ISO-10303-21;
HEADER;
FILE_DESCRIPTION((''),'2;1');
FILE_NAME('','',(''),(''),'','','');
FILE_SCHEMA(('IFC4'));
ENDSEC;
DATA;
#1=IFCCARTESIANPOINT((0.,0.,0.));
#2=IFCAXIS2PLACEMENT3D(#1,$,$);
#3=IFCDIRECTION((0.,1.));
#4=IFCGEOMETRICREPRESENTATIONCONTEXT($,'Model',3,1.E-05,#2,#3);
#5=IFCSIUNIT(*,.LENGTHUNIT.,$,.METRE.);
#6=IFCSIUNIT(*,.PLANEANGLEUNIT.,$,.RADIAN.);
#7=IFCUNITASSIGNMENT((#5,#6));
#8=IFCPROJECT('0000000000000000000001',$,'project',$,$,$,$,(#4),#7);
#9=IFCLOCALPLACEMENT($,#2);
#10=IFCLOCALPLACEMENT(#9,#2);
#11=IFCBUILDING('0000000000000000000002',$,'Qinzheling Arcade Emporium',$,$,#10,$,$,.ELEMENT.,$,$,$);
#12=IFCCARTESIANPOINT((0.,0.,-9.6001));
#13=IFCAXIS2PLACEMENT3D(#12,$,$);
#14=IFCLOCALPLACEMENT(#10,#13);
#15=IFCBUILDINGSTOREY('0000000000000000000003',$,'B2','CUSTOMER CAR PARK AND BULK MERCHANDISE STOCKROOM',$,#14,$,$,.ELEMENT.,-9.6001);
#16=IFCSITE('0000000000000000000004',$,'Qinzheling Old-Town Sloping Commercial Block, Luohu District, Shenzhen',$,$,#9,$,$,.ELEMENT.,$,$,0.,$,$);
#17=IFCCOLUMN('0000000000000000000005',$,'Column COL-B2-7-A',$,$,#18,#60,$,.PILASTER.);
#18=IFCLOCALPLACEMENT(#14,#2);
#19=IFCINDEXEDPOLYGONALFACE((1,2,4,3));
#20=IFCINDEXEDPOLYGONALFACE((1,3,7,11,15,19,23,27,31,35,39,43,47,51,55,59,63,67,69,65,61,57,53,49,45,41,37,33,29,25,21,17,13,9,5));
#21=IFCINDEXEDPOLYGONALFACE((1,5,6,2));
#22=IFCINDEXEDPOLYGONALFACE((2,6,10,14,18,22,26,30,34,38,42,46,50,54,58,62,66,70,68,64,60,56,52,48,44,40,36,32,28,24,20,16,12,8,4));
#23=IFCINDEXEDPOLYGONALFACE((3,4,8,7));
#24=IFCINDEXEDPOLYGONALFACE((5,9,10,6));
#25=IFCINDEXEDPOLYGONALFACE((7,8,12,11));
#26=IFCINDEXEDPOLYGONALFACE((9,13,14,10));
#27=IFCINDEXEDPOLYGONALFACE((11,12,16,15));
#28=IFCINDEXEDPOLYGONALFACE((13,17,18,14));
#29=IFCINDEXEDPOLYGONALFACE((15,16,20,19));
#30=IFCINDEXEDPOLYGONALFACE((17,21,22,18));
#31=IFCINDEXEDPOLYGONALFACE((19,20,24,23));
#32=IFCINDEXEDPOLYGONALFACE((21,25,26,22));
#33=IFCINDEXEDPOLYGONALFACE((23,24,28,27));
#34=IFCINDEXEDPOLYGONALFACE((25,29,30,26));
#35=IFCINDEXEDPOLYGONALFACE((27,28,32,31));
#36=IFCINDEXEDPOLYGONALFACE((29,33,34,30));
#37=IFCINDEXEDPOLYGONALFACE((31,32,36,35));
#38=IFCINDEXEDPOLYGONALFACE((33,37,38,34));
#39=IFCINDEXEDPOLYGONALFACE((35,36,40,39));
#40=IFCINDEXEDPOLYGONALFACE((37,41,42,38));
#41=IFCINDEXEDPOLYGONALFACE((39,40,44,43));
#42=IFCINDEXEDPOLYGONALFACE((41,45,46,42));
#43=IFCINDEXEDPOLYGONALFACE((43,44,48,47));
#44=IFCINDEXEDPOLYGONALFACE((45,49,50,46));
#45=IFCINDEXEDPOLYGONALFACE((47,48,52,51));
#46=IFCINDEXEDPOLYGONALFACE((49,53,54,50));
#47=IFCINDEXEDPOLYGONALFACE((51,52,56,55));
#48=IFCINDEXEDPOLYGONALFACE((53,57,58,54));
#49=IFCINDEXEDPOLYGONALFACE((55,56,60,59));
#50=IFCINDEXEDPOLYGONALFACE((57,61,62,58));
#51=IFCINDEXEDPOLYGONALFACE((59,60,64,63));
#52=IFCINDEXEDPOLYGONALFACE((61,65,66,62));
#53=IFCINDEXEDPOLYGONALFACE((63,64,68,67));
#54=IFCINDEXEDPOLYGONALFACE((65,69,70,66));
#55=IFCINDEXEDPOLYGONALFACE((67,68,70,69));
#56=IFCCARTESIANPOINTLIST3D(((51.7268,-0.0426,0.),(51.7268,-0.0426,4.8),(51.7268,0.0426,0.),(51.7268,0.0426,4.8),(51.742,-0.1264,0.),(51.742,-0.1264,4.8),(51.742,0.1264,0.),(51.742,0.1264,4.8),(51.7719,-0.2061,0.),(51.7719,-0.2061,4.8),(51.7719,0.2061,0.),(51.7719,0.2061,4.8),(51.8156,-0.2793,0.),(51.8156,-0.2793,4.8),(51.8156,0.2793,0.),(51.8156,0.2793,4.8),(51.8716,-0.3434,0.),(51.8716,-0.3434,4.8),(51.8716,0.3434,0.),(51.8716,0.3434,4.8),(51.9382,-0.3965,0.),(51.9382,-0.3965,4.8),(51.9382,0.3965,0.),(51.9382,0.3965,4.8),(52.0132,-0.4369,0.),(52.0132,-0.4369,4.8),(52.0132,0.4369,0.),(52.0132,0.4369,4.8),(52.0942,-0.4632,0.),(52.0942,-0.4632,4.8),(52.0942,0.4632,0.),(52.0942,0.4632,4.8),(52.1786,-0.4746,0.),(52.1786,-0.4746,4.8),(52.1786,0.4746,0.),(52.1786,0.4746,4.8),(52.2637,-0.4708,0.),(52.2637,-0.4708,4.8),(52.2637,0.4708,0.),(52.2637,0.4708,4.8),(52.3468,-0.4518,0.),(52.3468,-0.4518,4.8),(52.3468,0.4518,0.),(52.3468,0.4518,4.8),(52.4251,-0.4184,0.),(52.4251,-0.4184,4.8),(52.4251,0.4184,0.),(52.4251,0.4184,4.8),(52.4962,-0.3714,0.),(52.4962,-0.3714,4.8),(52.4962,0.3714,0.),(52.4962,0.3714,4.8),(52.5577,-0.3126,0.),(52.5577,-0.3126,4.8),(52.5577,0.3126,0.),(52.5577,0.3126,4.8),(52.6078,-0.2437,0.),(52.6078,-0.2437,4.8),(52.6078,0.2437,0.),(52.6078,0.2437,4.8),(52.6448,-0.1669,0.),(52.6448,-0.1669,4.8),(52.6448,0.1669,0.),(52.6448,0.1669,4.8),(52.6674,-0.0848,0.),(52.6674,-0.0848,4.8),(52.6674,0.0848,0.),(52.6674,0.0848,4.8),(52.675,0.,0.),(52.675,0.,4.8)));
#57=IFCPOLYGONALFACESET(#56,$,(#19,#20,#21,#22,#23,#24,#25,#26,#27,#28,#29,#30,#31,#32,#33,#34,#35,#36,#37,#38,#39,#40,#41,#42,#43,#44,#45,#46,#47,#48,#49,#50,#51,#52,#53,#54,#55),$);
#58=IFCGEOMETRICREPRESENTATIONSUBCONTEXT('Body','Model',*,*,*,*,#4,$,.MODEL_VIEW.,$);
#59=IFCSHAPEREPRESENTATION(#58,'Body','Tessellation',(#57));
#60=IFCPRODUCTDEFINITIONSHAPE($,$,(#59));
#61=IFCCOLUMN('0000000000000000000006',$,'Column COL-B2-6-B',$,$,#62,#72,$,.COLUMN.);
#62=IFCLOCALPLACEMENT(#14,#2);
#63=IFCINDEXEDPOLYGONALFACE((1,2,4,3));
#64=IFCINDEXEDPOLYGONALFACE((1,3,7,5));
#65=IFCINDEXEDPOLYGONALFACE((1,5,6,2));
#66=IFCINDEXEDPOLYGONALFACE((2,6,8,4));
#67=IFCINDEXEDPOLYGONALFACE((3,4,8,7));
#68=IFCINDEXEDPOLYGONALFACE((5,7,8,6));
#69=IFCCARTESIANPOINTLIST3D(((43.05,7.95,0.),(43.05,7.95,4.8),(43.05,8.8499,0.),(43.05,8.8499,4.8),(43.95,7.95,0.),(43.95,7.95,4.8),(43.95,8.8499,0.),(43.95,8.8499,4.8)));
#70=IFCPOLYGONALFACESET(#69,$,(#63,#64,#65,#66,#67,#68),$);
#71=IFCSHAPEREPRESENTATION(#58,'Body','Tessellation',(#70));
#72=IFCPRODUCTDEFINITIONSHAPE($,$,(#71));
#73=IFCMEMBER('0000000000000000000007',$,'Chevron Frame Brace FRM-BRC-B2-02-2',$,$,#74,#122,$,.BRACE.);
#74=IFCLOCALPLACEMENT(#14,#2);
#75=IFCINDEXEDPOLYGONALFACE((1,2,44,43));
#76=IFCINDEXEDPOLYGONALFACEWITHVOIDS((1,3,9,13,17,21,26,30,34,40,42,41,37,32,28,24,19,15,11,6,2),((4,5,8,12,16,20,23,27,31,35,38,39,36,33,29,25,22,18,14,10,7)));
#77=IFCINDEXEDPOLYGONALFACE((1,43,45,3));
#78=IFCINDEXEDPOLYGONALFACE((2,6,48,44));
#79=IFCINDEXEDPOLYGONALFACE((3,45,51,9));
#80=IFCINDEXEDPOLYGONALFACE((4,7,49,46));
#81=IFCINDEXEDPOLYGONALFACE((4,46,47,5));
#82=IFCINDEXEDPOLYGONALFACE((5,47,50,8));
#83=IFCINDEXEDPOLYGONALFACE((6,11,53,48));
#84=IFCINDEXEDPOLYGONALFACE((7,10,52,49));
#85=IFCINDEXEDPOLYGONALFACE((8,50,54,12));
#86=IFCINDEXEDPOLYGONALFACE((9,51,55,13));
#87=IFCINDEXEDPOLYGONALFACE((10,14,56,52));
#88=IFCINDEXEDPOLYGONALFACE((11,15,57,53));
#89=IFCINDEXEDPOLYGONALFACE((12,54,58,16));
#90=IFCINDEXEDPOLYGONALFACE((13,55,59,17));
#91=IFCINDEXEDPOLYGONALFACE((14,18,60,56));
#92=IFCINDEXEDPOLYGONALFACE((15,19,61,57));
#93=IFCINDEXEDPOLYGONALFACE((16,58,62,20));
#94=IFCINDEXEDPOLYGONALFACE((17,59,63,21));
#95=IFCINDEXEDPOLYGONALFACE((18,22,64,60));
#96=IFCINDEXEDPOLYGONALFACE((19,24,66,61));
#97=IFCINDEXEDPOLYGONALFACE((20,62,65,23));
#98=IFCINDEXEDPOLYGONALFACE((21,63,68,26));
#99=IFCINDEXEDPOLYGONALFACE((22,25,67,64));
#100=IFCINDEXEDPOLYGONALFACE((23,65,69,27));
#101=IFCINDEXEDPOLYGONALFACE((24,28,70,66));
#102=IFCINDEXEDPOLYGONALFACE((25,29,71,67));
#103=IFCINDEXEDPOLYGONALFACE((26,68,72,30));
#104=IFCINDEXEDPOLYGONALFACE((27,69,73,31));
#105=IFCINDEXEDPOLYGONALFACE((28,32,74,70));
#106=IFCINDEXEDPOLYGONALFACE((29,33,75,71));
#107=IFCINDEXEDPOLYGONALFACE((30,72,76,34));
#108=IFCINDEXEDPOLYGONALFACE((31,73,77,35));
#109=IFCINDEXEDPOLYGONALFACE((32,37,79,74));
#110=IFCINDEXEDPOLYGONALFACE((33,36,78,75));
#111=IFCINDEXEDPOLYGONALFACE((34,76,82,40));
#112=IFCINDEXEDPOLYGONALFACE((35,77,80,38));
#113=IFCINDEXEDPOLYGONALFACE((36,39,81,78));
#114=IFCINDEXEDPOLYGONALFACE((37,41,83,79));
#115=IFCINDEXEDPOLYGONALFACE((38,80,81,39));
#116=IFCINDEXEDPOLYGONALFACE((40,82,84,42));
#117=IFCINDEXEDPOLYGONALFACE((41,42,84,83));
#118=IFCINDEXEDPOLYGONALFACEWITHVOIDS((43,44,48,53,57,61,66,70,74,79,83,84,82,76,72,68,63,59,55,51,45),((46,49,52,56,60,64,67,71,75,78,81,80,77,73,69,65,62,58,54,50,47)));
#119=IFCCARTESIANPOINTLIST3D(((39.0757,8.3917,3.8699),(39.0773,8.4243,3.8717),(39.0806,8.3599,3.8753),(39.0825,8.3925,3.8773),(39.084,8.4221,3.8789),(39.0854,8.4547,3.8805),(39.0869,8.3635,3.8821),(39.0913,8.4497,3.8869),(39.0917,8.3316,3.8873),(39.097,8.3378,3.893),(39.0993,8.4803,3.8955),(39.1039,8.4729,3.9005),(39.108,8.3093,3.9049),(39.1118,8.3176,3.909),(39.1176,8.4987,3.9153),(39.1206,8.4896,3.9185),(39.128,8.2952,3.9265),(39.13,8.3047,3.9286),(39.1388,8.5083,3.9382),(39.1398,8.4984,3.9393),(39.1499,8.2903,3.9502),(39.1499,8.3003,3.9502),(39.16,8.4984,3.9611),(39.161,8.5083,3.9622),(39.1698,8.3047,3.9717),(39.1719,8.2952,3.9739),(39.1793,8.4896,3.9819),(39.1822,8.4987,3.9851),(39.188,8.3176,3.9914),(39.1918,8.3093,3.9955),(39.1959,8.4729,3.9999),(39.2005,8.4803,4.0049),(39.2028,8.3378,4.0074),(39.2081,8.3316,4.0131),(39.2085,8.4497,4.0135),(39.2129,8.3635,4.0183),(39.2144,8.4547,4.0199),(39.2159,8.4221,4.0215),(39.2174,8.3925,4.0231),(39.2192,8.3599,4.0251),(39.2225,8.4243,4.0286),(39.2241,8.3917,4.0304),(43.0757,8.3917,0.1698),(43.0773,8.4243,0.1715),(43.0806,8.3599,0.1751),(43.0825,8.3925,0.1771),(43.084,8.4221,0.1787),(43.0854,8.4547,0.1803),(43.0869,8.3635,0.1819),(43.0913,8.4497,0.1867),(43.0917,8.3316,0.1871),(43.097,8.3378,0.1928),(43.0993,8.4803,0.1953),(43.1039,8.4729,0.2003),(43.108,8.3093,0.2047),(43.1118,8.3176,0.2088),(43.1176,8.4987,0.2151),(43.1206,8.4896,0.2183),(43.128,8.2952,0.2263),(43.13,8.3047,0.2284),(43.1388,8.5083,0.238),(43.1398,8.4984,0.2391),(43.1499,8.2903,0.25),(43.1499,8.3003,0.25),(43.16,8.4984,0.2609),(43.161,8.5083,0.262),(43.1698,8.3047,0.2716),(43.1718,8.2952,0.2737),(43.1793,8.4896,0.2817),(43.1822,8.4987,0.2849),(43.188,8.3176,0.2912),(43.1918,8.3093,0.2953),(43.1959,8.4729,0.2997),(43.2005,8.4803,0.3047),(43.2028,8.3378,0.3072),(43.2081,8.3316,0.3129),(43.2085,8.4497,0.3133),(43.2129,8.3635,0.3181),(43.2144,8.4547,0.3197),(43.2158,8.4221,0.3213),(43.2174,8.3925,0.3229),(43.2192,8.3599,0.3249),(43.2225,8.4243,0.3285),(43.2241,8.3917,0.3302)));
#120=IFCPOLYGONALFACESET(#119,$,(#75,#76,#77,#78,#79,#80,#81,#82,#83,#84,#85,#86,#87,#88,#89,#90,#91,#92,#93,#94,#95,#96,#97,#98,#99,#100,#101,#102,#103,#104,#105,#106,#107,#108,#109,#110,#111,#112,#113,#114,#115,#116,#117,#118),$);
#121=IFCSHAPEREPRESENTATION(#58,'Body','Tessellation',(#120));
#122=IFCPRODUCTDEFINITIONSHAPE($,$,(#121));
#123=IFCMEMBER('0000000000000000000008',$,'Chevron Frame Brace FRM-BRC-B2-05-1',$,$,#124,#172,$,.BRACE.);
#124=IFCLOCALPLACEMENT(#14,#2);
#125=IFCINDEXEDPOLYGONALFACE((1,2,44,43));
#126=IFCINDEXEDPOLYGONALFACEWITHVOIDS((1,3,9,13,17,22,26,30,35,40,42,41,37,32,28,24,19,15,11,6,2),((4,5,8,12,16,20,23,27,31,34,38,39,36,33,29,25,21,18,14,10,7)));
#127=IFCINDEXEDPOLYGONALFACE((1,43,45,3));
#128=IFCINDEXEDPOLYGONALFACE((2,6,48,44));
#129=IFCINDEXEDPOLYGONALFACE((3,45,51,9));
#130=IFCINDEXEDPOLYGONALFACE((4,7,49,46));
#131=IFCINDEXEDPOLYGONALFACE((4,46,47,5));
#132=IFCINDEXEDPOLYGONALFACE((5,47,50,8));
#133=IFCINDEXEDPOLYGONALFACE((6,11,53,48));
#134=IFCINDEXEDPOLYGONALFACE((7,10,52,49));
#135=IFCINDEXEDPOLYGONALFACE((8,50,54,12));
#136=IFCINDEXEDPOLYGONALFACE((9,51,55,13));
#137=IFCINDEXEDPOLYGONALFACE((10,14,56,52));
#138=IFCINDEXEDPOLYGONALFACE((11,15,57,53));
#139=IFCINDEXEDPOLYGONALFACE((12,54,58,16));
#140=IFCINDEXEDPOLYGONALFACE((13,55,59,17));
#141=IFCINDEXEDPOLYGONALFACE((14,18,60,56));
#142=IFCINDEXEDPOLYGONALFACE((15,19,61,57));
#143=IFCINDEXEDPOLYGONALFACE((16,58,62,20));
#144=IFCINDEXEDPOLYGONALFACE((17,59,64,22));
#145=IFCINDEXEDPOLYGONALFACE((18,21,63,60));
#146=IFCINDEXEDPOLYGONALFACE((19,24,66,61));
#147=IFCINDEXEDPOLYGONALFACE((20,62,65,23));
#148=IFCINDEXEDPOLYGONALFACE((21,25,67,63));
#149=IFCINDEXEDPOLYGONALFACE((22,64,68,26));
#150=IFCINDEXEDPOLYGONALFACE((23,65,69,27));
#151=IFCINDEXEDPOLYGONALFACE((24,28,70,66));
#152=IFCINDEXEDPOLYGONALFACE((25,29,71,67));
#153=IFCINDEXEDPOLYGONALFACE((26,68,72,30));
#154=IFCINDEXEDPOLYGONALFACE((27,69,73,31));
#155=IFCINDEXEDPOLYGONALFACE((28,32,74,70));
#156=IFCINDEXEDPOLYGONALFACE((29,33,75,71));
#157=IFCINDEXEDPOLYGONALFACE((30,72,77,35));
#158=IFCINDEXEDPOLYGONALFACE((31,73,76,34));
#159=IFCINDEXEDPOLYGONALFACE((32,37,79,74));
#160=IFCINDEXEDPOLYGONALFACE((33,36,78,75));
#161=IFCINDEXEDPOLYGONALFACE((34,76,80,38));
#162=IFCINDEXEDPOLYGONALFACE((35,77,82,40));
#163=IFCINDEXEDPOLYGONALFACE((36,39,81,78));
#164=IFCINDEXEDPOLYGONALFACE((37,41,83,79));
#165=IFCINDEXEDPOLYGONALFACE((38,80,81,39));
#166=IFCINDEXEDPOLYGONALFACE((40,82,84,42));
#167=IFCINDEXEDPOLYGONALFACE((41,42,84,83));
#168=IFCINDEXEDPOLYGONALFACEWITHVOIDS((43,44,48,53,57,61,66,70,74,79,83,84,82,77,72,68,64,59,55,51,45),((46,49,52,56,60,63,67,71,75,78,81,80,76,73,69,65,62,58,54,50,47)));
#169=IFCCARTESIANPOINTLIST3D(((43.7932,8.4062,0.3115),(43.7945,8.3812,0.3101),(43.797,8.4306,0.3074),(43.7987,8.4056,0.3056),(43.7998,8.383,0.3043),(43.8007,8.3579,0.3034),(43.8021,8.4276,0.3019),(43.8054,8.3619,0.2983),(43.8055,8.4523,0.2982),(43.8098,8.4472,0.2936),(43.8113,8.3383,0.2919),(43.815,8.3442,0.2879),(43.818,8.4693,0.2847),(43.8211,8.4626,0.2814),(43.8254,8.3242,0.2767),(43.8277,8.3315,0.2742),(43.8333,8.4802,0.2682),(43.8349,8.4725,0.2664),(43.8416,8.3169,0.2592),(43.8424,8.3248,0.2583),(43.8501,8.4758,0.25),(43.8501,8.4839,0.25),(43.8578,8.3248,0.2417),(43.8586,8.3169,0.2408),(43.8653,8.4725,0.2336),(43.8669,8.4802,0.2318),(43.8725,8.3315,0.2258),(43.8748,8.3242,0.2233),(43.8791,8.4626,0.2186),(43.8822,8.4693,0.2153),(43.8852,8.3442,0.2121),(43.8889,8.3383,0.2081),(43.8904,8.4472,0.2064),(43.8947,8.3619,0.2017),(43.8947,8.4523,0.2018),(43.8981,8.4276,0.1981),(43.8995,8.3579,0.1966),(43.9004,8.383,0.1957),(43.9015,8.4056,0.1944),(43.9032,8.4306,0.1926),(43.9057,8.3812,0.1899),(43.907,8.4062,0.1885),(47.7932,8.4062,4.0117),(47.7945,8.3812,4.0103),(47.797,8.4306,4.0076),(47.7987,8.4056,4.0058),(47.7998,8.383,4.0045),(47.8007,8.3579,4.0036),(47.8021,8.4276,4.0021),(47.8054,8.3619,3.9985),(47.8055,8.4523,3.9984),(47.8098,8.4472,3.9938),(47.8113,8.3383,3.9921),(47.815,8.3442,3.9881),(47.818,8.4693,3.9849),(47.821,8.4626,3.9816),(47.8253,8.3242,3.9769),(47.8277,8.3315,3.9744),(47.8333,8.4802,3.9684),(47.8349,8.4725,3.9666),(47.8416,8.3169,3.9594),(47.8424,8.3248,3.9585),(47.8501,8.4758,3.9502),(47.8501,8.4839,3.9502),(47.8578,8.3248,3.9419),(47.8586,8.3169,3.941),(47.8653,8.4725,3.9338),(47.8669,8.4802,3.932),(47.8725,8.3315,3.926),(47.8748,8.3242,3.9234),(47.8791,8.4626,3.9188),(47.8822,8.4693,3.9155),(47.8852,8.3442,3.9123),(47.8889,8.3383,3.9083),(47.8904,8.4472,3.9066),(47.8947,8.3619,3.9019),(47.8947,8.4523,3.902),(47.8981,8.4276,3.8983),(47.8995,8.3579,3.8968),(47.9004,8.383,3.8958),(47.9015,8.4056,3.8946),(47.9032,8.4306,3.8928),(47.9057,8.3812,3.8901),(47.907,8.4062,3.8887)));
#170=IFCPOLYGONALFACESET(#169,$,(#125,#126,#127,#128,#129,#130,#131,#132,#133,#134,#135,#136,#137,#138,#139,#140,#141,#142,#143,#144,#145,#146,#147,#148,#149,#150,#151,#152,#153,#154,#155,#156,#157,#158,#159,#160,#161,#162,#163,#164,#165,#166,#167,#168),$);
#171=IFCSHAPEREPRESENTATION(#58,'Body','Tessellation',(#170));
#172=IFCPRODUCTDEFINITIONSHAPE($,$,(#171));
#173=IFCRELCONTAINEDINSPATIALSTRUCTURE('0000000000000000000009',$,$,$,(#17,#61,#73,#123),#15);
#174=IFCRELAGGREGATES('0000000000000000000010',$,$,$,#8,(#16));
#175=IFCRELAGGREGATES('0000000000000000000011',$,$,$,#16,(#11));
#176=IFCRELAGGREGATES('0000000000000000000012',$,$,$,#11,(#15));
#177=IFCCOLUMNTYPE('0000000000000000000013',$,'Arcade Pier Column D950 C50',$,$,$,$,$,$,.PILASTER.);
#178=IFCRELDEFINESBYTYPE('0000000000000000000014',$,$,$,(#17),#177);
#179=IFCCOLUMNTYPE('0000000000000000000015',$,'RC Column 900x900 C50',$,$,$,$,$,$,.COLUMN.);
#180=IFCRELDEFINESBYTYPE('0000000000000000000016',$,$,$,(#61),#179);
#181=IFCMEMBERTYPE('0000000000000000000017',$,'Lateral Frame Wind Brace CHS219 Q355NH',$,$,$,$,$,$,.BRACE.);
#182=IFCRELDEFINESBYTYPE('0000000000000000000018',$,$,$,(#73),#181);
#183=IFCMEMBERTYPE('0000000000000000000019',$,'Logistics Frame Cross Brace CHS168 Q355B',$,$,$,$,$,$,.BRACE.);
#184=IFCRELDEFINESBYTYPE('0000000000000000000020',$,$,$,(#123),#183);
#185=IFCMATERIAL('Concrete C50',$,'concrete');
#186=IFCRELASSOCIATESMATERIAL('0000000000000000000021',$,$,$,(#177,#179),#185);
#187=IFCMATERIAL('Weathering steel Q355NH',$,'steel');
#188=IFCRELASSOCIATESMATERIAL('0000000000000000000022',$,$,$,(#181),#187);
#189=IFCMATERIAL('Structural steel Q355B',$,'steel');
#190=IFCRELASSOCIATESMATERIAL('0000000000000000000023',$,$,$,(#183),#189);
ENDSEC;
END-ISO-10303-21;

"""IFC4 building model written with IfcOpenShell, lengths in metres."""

from ifc_helpers import new_model, si_unit, direction, frame, origin, origin_2d, place, context, subcontext, project, spatial, rectangle, circle, hollow_circle, extrude, material, material_profile, profile_set, type_object, element, save


model = new_model("IFC4")

# Units and contexts
model_context = context("Model", 3, precision=1e-05, world=origin(), true_north=direction((0.0, 1.0)))
body_context = subcontext(model_context, "Body", "Model", "MODEL_VIEW")
ifc_project = project(units=[si_unit("LENGTHUNIT", "METRE"), si_unit("PLANEANGLEUNIT", "RADIAN")], contexts=[model_context])

# Site, building, storey
site_placement = place(None, origin())
site = spatial("IfcSite", under=ifc_project, at=site_placement, Name="Qinzheling Old-Town Sloping Commercial Block, Luohu District, Shenzhen", CompositionType="ELEMENT", RefElevation=0.0)
building_placement = place(site_placement, origin())
building = spatial("IfcBuilding", under=site, at=building_placement, Name="Qinzheling Arcade Emporium", CompositionType="ELEMENT")
storey_placement = place(building_placement, frame((0.0, 0.0, -9.6001)))
storey = spatial("IfcBuildingStorey", under=building, at=storey_placement, Name="B2", Description="CUSTOMER CAR PARK AND BULK MERCHANDISE STOCKROOM", CompositionType="ELEMENT", Elevation=-9.6001)

# Columns
ifc_material_1 = material(Name="Concrete C50", Category="concrete")
ifc_material_profile_1 = material_profile(ifc_material_1, circle(Radius=0.4751, at=origin_2d()), Name="RC D950", Category="concrete")
ifc_profile_set_1 = profile_set([ifc_material_profile_1], Name="Concrete C50")
column_type_1 = type_object("IfcColumnType", Name="Arcade Pier Column D950 C50", PredefinedType="PILASTER", material=ifc_profile_set_1)
for number, where, z_axis, x_axis, name in (
    (1, (52.2, 0.0, 0.0), (0.0, 0.0, 1.0), (1.0, 0.0, 0.0), "Column COL-B2-7-A"),
):
    element("IfcColumn", number, at=place(storey_placement, frame(where, z_axis=z_axis, x_axis=x_axis)), inside=storey, type_object=column_type_1, Name=name, PredefinedType="PILASTER", context=body_context, shape_type="SweptSolid", body=[
        extrude(circle(Radius=0.4751, at=origin_2d()), origin(), (0.0, 0.0, 1.0), 4.8),
    ])
ifc_material_profile_2 = material_profile(ifc_material_1, rectangle(XDim=0.8999, YDim=0.8999, at=origin_2d()), Name="RC 900x900", Category="concrete")
ifc_profile_set_2 = profile_set([ifc_material_profile_2], Name="Concrete C50")
column_type_2 = type_object("IfcColumnType", Name="RC Column 900x900 C50", PredefinedType="COLUMN", material=ifc_profile_set_2)
column_placement = place(storey_placement, frame((43.5, 8.3999, 0.0), z_axis=(0.0, 0.0, 1.0), x_axis=(1.0, 0.0, 0.0)))
element("IfcColumn", 2, at=column_placement, inside=storey, type_object=column_type_2, Name="Column COL-B2-6-B", PredefinedType="COLUMN", context=body_context, shape_type="SweptSolid", body=[
    extrude(rectangle(XDim=0.8999, YDim=0.8999, at=origin_2d()), origin(), (0.0, 0.0, 1.0), 4.8),
])

# Members
ifc_material_2 = material(Name="Weathering steel Q355NH", Category="steel")
ifc_material_profile_3 = material_profile(ifc_material_2, hollow_circle(Radius=0.1096, WallThickness=0.01, at=origin_2d()), Name="CHS 219x10", Category="steel")
ifc_profile_set_3 = profile_set([ifc_material_profile_3], Name="Weathering steel Q355NH")
member_type_1 = type_object("IfcMemberType", Name="Lateral Frame Wind Brace CHS219 Q355NH", PredefinedType="BRACE", material=ifc_profile_set_3)
member_placement = place(storey_placement, frame((43.1499, 8.3999, 0.25), z_axis=(-0.734082, 0.0, 0.679061), x_axis=(0.0, -1.0, 0.0)))
element("IfcMember", 3, at=member_placement, inside=storey, type_object=member_type_1, Name="Chevron Frame Brace FRM-BRC-B2-02-2", PredefinedType="BRACE", context=body_context, shape_type="SweptSolid", body=[
    extrude(hollow_circle(Radius=0.1096, WallThickness=0.01, at=origin_2d()), origin(), (0.0, 0.0, 1.0), 5.449),
])
ifc_material_3 = material(Name="Structural steel Q355B", Category="steel")
ifc_material_profile_4 = material_profile(ifc_material_3, hollow_circle(Radius=0.084, WallThickness=0.0081, at=origin_2d()), Name="CHS 168x8", Category="steel")
ifc_profile_set_4 = profile_set([ifc_material_profile_4], Name="Structural steel Q355B")
member_type_2 = type_object("IfcMemberType", Name="Logistics Frame Cross Brace CHS168 Q355B", PredefinedType="BRACE", material=ifc_profile_set_4)
for number, where, z_axis, x_axis, name in (
    (4, (43.8501, 8.3999, 0.25), (0.734082, 0.0, 0.679061), (0.0, 1.0, 0.0), "Chevron Frame Brace FRM-BRC-B2-05-1"),
):
    element("IfcMember", number, at=place(storey_placement, frame(where, z_axis=z_axis, x_axis=x_axis)), inside=storey, type_object=member_type_2, Name=name, PredefinedType="BRACE", context=body_context, shape_type="SweptSolid", body=[
        extrude(hollow_circle(Radius=0.084, WallThickness=0.0081, at=origin_2d()), origin(), (0.0, 0.0, 1.0), 5.449),
    ])

save(model, "model.ifc")
